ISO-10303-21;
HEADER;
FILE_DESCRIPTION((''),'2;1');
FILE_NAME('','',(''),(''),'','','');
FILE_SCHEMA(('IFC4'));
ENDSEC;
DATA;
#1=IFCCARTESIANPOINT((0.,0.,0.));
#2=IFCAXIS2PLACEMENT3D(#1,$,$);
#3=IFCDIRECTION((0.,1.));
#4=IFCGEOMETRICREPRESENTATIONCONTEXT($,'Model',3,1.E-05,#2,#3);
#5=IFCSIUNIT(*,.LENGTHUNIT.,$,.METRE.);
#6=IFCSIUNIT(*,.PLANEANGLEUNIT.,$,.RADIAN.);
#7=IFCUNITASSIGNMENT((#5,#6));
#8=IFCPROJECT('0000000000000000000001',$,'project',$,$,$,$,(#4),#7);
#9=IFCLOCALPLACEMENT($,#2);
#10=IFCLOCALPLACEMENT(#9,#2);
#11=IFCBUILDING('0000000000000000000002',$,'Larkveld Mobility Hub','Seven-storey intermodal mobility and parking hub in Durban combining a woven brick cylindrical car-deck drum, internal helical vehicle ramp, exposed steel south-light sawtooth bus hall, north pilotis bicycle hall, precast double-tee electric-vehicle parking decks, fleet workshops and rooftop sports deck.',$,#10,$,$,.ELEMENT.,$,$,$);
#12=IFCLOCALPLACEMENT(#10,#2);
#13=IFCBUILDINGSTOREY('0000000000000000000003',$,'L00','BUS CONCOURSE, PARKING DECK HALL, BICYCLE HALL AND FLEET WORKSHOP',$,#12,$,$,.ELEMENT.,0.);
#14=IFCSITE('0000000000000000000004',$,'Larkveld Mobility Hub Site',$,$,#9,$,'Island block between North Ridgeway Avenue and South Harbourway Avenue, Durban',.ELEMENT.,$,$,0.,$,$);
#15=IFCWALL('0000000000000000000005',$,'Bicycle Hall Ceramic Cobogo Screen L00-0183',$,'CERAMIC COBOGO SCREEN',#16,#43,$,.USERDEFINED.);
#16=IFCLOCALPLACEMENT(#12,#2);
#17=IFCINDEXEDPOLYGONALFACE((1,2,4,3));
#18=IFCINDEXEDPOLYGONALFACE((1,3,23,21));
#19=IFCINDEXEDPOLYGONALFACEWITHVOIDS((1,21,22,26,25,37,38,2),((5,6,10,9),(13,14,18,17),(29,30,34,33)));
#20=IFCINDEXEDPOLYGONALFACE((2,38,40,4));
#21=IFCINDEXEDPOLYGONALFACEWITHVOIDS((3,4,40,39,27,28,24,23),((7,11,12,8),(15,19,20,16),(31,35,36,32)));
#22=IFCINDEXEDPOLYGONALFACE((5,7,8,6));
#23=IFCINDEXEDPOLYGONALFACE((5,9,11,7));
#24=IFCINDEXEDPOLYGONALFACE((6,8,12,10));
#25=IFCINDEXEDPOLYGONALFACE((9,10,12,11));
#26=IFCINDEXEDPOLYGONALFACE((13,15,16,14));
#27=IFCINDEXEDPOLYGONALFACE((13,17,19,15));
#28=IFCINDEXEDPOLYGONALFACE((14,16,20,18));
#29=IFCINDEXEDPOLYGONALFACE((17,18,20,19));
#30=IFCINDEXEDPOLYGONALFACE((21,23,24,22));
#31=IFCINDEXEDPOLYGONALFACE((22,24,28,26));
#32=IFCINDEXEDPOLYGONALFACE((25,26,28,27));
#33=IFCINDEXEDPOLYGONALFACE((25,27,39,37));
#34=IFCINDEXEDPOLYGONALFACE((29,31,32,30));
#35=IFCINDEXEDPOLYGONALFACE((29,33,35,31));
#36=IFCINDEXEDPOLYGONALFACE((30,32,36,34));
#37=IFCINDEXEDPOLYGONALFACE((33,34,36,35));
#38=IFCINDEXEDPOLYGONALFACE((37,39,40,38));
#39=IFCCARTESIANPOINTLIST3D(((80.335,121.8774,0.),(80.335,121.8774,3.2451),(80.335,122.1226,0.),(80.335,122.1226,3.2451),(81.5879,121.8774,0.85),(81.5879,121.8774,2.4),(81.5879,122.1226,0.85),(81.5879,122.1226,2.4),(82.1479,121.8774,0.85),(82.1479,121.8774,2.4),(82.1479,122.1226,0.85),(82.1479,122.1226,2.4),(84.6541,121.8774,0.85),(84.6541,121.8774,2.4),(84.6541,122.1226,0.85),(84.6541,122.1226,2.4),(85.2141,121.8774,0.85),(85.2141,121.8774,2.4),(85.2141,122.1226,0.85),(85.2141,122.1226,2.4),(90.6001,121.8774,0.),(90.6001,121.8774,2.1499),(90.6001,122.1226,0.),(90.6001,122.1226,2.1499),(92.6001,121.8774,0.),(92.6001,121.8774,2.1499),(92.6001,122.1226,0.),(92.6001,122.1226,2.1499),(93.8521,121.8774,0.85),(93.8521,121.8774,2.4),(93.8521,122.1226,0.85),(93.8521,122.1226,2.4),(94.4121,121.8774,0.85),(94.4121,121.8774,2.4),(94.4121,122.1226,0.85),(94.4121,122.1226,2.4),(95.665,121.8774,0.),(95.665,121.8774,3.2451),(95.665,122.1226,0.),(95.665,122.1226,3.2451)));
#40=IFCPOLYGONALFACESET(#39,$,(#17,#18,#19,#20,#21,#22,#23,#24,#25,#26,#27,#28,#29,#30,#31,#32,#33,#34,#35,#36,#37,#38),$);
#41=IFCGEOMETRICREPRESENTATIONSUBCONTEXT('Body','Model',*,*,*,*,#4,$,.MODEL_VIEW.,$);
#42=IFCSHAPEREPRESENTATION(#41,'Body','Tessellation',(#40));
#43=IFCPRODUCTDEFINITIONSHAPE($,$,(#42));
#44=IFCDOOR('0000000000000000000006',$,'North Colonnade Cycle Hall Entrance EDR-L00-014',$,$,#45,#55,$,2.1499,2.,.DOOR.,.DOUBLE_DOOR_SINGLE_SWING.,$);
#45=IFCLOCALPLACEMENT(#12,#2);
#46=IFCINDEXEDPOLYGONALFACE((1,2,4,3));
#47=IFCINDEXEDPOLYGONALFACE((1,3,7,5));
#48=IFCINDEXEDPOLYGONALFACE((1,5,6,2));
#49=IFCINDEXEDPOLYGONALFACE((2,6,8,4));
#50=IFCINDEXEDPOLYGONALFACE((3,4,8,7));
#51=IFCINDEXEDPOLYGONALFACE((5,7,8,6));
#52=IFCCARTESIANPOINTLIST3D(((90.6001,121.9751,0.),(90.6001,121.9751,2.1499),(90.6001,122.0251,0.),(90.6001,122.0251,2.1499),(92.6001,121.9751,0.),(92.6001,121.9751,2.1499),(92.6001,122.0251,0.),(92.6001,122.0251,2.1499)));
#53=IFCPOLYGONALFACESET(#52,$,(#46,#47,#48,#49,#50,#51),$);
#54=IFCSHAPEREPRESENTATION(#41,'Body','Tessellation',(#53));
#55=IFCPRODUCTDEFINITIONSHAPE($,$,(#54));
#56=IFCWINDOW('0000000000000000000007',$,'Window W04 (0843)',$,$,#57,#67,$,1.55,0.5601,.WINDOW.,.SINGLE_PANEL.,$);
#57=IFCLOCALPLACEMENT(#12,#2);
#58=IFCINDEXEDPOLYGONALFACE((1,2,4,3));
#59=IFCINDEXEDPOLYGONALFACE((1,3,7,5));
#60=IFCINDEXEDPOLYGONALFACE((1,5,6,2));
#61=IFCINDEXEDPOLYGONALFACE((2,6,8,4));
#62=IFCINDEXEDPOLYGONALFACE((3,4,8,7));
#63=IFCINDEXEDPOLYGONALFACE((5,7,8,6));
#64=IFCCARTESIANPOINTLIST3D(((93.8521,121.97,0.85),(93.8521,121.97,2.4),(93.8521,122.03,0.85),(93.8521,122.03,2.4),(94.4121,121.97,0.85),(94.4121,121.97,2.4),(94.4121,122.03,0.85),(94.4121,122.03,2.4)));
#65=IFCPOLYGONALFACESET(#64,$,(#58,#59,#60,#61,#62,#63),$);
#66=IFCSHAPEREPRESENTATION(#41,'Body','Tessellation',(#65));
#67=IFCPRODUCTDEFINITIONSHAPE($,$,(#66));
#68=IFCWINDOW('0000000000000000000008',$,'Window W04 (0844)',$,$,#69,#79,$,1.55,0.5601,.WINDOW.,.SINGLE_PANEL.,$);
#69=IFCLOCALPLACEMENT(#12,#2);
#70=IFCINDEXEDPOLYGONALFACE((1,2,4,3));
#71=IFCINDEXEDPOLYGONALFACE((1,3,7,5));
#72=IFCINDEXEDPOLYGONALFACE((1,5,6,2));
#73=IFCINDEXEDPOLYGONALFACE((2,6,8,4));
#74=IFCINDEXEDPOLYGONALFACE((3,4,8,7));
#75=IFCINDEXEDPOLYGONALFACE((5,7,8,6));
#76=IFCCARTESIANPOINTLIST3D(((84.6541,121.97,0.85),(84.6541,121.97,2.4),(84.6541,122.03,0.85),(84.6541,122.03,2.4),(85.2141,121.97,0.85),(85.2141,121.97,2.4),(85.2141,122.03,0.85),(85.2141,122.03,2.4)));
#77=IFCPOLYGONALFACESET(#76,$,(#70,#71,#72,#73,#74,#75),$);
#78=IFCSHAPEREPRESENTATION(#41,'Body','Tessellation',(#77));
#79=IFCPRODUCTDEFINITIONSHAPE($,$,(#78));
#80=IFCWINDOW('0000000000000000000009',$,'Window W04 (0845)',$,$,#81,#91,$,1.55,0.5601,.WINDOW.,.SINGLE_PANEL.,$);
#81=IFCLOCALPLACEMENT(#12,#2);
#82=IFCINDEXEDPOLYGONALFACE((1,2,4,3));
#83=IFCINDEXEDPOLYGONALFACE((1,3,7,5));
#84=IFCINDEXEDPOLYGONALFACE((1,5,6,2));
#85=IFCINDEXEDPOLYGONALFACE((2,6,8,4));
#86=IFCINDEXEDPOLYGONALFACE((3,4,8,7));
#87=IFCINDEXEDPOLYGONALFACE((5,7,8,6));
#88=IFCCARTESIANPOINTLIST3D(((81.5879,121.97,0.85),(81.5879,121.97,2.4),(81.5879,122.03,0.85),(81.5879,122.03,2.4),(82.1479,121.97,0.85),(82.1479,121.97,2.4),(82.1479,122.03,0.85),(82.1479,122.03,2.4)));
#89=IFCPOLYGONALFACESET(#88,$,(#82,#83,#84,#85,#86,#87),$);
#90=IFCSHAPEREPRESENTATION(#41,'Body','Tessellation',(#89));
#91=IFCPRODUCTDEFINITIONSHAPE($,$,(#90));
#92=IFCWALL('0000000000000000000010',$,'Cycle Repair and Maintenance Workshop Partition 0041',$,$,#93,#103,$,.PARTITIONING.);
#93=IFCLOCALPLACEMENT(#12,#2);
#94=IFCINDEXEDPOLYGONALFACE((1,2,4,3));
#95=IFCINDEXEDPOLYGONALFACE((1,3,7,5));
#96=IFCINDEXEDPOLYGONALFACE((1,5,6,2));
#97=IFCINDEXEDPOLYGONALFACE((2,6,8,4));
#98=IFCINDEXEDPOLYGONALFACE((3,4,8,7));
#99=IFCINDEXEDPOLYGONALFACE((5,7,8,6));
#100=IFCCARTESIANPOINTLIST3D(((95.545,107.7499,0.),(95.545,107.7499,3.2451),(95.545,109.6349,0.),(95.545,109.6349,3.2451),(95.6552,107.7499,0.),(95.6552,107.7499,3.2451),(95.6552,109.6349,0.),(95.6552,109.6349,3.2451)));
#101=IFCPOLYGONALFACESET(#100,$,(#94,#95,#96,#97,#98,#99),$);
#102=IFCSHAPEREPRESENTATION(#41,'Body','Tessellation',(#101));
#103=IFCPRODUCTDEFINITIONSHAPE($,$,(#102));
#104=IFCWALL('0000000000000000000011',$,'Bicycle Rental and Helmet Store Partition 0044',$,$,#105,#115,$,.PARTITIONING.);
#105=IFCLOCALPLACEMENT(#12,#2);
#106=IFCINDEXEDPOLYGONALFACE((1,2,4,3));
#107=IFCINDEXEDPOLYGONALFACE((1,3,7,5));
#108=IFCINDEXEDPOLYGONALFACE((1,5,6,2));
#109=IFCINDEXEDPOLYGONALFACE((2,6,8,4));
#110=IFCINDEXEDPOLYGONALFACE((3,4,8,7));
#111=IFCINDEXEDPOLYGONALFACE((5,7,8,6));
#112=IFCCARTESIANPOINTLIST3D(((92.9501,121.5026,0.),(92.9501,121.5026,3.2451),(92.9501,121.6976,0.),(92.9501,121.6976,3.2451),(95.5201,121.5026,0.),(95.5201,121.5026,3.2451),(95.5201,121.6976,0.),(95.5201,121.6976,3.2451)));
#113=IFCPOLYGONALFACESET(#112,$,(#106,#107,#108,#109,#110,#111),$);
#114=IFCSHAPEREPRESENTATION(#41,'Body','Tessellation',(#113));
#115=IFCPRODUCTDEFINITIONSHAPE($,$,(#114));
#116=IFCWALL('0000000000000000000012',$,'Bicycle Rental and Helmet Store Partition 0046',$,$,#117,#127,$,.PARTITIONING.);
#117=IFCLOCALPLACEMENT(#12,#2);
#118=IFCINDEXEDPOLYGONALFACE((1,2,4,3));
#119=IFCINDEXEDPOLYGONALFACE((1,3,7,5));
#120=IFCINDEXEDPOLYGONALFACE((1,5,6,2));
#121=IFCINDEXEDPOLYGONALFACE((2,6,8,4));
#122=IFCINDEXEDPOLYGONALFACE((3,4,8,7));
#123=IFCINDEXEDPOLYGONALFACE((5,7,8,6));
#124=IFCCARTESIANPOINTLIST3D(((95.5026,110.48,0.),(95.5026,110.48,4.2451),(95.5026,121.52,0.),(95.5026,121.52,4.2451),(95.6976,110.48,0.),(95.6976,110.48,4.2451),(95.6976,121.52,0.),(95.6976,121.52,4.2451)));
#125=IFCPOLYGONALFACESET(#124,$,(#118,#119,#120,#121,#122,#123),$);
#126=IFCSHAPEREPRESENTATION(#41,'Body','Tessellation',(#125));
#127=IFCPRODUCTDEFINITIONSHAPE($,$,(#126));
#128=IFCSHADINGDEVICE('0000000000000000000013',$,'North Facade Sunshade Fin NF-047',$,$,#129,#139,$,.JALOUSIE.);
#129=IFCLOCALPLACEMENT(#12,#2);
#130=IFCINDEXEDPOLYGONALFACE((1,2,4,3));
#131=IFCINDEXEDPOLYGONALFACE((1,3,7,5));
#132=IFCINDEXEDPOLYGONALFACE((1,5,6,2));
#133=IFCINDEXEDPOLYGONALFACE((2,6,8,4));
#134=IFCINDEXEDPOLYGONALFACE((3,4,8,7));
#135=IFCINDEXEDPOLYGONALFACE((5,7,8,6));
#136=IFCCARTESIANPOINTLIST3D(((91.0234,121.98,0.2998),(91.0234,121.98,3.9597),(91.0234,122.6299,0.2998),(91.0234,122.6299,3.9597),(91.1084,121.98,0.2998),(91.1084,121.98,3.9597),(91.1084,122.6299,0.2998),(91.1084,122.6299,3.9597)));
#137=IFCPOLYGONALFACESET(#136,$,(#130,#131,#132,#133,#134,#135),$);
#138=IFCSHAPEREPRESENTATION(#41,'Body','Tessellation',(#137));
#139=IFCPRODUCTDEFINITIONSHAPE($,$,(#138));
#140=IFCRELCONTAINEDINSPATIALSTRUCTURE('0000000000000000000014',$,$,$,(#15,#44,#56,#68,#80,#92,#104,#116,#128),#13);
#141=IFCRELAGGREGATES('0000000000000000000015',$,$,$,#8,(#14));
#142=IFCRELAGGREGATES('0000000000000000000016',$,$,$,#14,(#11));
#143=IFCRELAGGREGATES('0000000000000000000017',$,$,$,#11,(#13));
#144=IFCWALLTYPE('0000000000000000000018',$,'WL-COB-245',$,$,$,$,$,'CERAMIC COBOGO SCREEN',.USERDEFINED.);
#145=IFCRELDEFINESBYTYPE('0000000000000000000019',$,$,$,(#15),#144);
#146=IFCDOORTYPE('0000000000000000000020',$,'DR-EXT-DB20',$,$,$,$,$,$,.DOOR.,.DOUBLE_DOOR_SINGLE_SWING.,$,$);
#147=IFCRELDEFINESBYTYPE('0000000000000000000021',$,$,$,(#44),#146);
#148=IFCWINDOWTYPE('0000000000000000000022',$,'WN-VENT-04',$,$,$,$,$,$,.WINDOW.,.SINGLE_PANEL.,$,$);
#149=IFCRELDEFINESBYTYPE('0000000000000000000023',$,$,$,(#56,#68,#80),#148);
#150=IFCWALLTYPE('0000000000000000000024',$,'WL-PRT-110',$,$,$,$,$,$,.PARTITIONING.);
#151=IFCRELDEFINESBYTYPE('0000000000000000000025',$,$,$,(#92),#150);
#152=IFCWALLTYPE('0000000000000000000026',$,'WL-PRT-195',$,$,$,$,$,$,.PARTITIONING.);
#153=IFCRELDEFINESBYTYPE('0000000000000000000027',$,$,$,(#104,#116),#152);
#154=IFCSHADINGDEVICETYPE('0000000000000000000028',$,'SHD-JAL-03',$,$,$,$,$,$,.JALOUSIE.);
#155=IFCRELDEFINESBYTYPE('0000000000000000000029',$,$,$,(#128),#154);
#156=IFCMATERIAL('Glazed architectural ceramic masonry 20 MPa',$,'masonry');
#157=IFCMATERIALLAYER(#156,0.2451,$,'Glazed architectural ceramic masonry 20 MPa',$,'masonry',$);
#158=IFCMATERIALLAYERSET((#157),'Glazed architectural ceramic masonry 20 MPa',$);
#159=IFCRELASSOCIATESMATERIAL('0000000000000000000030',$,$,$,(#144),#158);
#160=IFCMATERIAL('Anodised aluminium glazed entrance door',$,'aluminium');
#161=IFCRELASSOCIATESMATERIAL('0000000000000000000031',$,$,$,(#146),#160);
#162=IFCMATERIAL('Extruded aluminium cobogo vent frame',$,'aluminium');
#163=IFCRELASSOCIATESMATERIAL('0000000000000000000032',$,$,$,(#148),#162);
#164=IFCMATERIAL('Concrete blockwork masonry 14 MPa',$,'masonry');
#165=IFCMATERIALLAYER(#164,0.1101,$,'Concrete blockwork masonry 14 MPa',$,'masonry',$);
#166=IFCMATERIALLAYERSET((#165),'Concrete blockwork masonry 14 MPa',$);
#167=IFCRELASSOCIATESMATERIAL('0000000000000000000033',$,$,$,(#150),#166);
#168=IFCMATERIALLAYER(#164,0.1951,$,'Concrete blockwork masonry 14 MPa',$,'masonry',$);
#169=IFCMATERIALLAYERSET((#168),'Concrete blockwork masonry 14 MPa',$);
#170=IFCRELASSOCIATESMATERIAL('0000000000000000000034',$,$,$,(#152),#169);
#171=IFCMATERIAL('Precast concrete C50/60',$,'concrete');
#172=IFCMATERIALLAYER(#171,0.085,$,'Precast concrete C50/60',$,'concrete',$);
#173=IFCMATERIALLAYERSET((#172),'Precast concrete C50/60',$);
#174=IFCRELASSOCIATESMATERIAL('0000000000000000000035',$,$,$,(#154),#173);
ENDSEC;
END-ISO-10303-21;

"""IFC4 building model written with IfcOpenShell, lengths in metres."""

from ifc_helpers import new_model, si_unit, direction, frame, frame_2d, origin, origin_2d, place, context, subcontext, project, spatial, rectangle, extrude, material, layer, layer_set, type_object, element, fill, save


model = new_model("IFC4")

# Units and contexts
model_context = context("Model", 3, precision=1e-05, world=origin(), true_north=direction((0.0, 1.0)))
body_context = subcontext(model_context, "Body", "Model", "MODEL_VIEW")
ifc_project = project(units=[si_unit("LENGTHUNIT", "METRE"), si_unit("PLANEANGLEUNIT", "RADIAN")], contexts=[model_context])

# Site, building, storey
site_placement = place(None, origin())
site = spatial("IfcSite", under=ifc_project, at=site_placement, Name="Larkveld Mobility Hub Site", LongName="Island block between North Ridgeway Avenue and South Harbourway Avenue, Durban", CompositionType="ELEMENT", RefElevation=0.0)
building_placement = place(site_placement, origin())
building = spatial("IfcBuilding", under=site, at=building_placement, Name="Larkveld Mobility Hub", Description="Seven-storey intermodal mobility and parking hub in Durban combining a woven brick cylindrical car-deck drum, internal helical vehicle ramp, exposed steel south-light sawtooth bus hall, north pilotis bicycle hall, precast double-tee electric-vehicle parking decks, fleet workshops and rooftop sports deck.", CompositionType="ELEMENT")
storey_placement = place(building_placement, origin())
storey = spatial("IfcBuildingStorey", under=building, at=storey_placement, Name="L00", Description="BUS CONCOURSE, PARKING DECK HALL, BICYCLE HALL AND FLEET WORKSHOP", CompositionType="ELEMENT", Elevation=0.0)

# Wall, openings, door, windows
ifc_material_1 = material(Name="Glazed architectural ceramic masonry 20 MPa", Category="masonry")
ifc_layer_1 = layer(ifc_material_1, 0.2451, Name="Glazed architectural ceramic masonry 20 MPa", Category="masonry")
ifc_layer_set_1 = layer_set([ifc_layer_1], Name="Glazed architectural ceramic masonry 20 MPa")
wall_type_1 = type_object("IfcWallType", Name="WL-COB-245", ElementType="CERAMIC COBOGO SCREEN", PredefinedType="USERDEFINED", material=ifc_layer_set_1)
wall_1_placement = place(storey_placement, frame((95.665, 122.0, 0.0), z_axis=(0.0, 0.0, 1.0), x_axis=(-1.0, 0.0, 0.0)))
wall_1 = element("IfcWall", 1, at=wall_1_placement, inside=storey, type_object=wall_type_1, Name="Bicycle Hall Ceramic Cobogo Screen L00-0183", ObjectType="CERAMIC COBOGO SCREEN", PredefinedType="USERDEFINED", context=body_context, shape_type="SweptSolid", body=[
    extrude(rectangle(XDim=15.3301, YDim=0.2451, at=frame_2d((7.665, 0.0))), origin(), (0.0, 0.0, 1.0), 3.2451),
])
opening_1_placement = place(wall_1_placement, frame((3.0649, 0.0, 0.0)))
opening_1 = element("IfcOpeningElement", 2, at=opening_1_placement, cuts=wall_1, PredefinedType="OPENING", context=body_context, shape_type="SweptSolid", body=[
    extrude(rectangle(XDim=2.0, YDim=2.1499, at=frame_2d((1.0, 1.075))), frame((0.0, 0.1326, 0.0), z_axis=(0.0, -1.0, 0.0), x_axis=(1.0, 0.0, 0.0)), (0.0, 0.0, 1.0), 0.2651),
])
opening_2_placement = place(wall_1_placement, frame((1.2529, 0.0, 0.8501)))
opening_2 = element("IfcOpeningElement", 3, at=opening_2_placement, cuts=wall_1, PredefinedType="OPENING", context=body_context, shape_type="SweptSolid", body=[
    extrude(rectangle(XDim=0.5601, YDim=1.55, at=frame_2d((0.28, 0.7749))), frame((0.0, 0.1326, 0.0), z_axis=(0.0, -1.0, 0.0), x_axis=(1.0, 0.0, 0.0)), (0.0, 0.0, 1.0), 0.2651),
])
opening_3_placement = place(wall_1_placement, frame((10.4509, 0.0, 0.8501)))
opening_3 = element("IfcOpeningElement", 4, at=opening_3_placement, cuts=wall_1, PredefinedType="OPENING", context=body_context, shape_type="SweptSolid", body=[
    extrude(rectangle(XDim=0.5601, YDim=1.55, at=frame_2d((0.28, 0.7749))), frame((0.0, 0.1326, 0.0), z_axis=(0.0, -1.0, 0.0), x_axis=(1.0, 0.0, 0.0)), (0.0, 0.0, 1.0), 0.2651),
])
opening_4_placement = place(wall_1_placement, frame((13.5171, 0.0, 0.8501)))
opening_4 = element("IfcOpeningElement", 5, at=opening_4_placement, cuts=wall_1, PredefinedType="OPENING", context=body_context, shape_type="SweptSolid", body=[
    extrude(rectangle(XDim=0.5601, YDim=1.55, at=frame_2d((0.28, 0.7749))), frame((0.0, 0.1326, 0.0), z_axis=(0.0, -1.0, 0.0), x_axis=(1.0, 0.0, 0.0)), (0.0, 0.0, 1.0), 0.2651),
])
ifc_material_2 = material(Name="Anodised aluminium glazed entrance door", Category="aluminium")
door_type = type_object("IfcDoorType", Name="DR-EXT-DB20", OperationType="DOUBLE_DOOR_SINGLE_SWING", PredefinedType="DOOR", material=ifc_material_2)
door_placement = place(opening_1_placement, origin())
door = element("IfcDoor", 6, at=door_placement, inside=storey, type_object=door_type, Name="North Colonnade Cycle Hall Entrance EDR-L00-014", OperationType="DOUBLE_DOOR_SINGLE_SWING", OverallHeight=2.1499, OverallWidth=2.0, PredefinedType="DOOR", context=body_context, shape_type="SweptSolid", body=[
    extrude(rectangle(XDim=2.0, YDim=2.1499, at=frame_2d((1.0, 1.075))), frame((0.0, 0.0249, 0.0), z_axis=(0.0, -1.0, 0.0), x_axis=(1.0, 0.0, 0.0)), (0.0, 0.0, 1.0), 0.05),
])
fill(opening_1, door)
ifc_material_3 = material(Name="Extruded aluminium cobogo vent frame", Category="aluminium")
window_type = type_object("IfcWindowType", Name="WN-VENT-04", PartitioningType="SINGLE_PANEL", PredefinedType="WINDOW", material=ifc_material_3)
window_1_placement = place(opening_2_placement, origin())
window_1 = element("IfcWindow", 7, at=window_1_placement, inside=storey, type_object=window_type, Name="Window W04 (0843)", OverallHeight=1.55, OverallWidth=0.5601, PartitioningType="SINGLE_PANEL", PredefinedType="WINDOW", context=body_context, shape_type="SweptSolid", body=[
    extrude(rectangle(XDim=0.5601, YDim=1.55, at=frame_2d((0.28, 0.7749))), frame((0.0, 0.03, 0.0), z_axis=(0.0, -1.0, 0.0), x_axis=(1.0, 0.0, 0.0)), (0.0, 0.0, 1.0), 0.0601),
])
fill(opening_2, window_1)
window_2_placement = place(opening_3_placement, origin())
window_2 = element("IfcWindow", 8, at=window_2_placement, inside=storey, type_object=window_type, Name="Window W04 (0844)", OverallHeight=1.55, OverallWidth=0.5601, PartitioningType="SINGLE_PANEL", PredefinedType="WINDOW", context=body_context, shape_type="SweptSolid", body=[
    extrude(rectangle(XDim=0.5601, YDim=1.55, at=frame_2d((0.28, 0.7749))), frame((0.0, 0.03, 0.0), z_axis=(0.0, -1.0, 0.0), x_axis=(1.0, 0.0, 0.0)), (0.0, 0.0, 1.0), 0.0601),
])
fill(opening_3, window_2)
window_3_placement = place(opening_4_placement, origin())
window_3 = element("IfcWindow", 9, at=window_3_placement, inside=storey, type_object=window_type, Name="Window W04 (0845)", OverallHeight=1.55, OverallWidth=0.5601, PartitioningType="SINGLE_PANEL", PredefinedType="WINDOW", context=body_context, shape_type="SweptSolid", body=[
    extrude(rectangle(XDim=0.5601, YDim=1.55, at=frame_2d((0.28, 0.7749))), frame((0.0, 0.03, 0.0), z_axis=(0.0, -1.0, 0.0), x_axis=(1.0, 0.0, 0.0)), (0.0, 0.0, 1.0), 0.0601),
])
fill(opening_4, window_3)

# Walls
ifc_material_4 = material(Name="Concrete blockwork masonry 14 MPa", Category="masonry")
ifc_layer_2 = layer(ifc_material_4, 0.1101, Name="Concrete blockwork masonry 14 MPa", Category="masonry")
ifc_layer_set_2 = layer_set([ifc_layer_2], Name="Concrete blockwork masonry 14 MPa")
wall_type_2 = type_object("IfcWallType", Name="WL-PRT-110", PredefinedType="PARTITIONING", material=ifc_layer_set_2)
wall_2_placement = place(storey_placement, frame((95.6001, 107.75, 0.0), z_axis=(0.0, 0.0, 1.0), x_axis=(0.0, 1.0, 0.0)))
element("IfcWall", 10, at=wall_2_placement, inside=storey, type_object=wall_type_2, Name="Cycle Repair and Maintenance Workshop Partition 0041", PredefinedType="PARTITIONING", context=body_context, shape_type="SweptSolid", body=[
    extrude(rectangle(XDim=1.885, YDim=0.1101, at=frame_2d((0.9424, 0.0))), origin(), (0.0, 0.0, 1.0), 3.2451),
])
ifc_layer_3 = layer(ifc_material_4, 0.1951, Name="Concrete blockwork masonry 14 MPa", Category="masonry")
ifc_layer_set_3 = layer_set([ifc_layer_3], Name="Concrete blockwork masonry 14 MPa")
wall_type_3 = type_object("IfcWallType", Name="WL-PRT-195", PredefinedType="PARTITIONING", material=ifc_layer_set_3)
wall_3_placement = place(storey_placement, frame((92.95, 121.6001, 0.0), z_axis=(0.0, 0.0, 1.0), x_axis=(1.0, 0.0, 0.0)))
element("IfcWall", 11, at=wall_3_placement, inside=storey, type_object=wall_type_3, Name="Bicycle Rental and Helmet Store Partition 0044", PredefinedType="PARTITIONING", context=body_context, shape_type="SweptSolid", body=[
    extrude(rectangle(XDim=2.5701, YDim=0.1951, at=frame_2d((1.2852, 0.0))), origin(), (0.0, 0.0, 1.0), 3.2451),
])
wall_4_placement = place(storey_placement, frame((95.6001, 110.48, 0.0), z_axis=(0.0, 0.0, 1.0), x_axis=(0.0, 1.0, 0.0)))
element("IfcWall", 12, at=wall_4_placement, inside=storey, type_object=wall_type_3, Name="Bicycle Rental and Helmet Store Partition 0046", PredefinedType="PARTITIONING", context=body_context, shape_type="SweptSolid", body=[
    extrude(rectangle(XDim=11.04, YDim=0.1951, at=frame_2d((5.52, 0.0))), origin(), (0.0, 0.0, 1.0), 4.2451),
])

# Shading device
ifc_material_5 = material(Name="Precast concrete C50/60", Category="concrete")
ifc_layer_4 = layer(ifc_material_5, 0.085, Name="Precast concrete C50/60", Category="concrete")
ifc_layer_set_4 = layer_set([ifc_layer_4], Name="Precast concrete C50/60")
shading_device_type = type_object("IfcShadingDeviceType", Name="SHD-JAL-03", PredefinedType="JALOUSIE", material=ifc_layer_set_4)
shading_device_placement = place(storey_placement, frame((91.0659, 122.3049, 0.2998), z_axis=(0.0, 0.0, 1.0), x_axis=(1.0, 0.0, 0.0)))
element("IfcShadingDevice", 13, at=shading_device_placement, inside=storey, type_object=shading_device_type, Name="North Facade Sunshade Fin NF-047", PredefinedType="JALOUSIE", context=body_context, shape_type="SweptSolid", body=[
    extrude(rectangle(XDim=0.085, YDim=0.6499, at=origin_2d()), origin(), (0.0, 0.0, 1.0), 3.6599),
])

save(model, "model.ifc")
